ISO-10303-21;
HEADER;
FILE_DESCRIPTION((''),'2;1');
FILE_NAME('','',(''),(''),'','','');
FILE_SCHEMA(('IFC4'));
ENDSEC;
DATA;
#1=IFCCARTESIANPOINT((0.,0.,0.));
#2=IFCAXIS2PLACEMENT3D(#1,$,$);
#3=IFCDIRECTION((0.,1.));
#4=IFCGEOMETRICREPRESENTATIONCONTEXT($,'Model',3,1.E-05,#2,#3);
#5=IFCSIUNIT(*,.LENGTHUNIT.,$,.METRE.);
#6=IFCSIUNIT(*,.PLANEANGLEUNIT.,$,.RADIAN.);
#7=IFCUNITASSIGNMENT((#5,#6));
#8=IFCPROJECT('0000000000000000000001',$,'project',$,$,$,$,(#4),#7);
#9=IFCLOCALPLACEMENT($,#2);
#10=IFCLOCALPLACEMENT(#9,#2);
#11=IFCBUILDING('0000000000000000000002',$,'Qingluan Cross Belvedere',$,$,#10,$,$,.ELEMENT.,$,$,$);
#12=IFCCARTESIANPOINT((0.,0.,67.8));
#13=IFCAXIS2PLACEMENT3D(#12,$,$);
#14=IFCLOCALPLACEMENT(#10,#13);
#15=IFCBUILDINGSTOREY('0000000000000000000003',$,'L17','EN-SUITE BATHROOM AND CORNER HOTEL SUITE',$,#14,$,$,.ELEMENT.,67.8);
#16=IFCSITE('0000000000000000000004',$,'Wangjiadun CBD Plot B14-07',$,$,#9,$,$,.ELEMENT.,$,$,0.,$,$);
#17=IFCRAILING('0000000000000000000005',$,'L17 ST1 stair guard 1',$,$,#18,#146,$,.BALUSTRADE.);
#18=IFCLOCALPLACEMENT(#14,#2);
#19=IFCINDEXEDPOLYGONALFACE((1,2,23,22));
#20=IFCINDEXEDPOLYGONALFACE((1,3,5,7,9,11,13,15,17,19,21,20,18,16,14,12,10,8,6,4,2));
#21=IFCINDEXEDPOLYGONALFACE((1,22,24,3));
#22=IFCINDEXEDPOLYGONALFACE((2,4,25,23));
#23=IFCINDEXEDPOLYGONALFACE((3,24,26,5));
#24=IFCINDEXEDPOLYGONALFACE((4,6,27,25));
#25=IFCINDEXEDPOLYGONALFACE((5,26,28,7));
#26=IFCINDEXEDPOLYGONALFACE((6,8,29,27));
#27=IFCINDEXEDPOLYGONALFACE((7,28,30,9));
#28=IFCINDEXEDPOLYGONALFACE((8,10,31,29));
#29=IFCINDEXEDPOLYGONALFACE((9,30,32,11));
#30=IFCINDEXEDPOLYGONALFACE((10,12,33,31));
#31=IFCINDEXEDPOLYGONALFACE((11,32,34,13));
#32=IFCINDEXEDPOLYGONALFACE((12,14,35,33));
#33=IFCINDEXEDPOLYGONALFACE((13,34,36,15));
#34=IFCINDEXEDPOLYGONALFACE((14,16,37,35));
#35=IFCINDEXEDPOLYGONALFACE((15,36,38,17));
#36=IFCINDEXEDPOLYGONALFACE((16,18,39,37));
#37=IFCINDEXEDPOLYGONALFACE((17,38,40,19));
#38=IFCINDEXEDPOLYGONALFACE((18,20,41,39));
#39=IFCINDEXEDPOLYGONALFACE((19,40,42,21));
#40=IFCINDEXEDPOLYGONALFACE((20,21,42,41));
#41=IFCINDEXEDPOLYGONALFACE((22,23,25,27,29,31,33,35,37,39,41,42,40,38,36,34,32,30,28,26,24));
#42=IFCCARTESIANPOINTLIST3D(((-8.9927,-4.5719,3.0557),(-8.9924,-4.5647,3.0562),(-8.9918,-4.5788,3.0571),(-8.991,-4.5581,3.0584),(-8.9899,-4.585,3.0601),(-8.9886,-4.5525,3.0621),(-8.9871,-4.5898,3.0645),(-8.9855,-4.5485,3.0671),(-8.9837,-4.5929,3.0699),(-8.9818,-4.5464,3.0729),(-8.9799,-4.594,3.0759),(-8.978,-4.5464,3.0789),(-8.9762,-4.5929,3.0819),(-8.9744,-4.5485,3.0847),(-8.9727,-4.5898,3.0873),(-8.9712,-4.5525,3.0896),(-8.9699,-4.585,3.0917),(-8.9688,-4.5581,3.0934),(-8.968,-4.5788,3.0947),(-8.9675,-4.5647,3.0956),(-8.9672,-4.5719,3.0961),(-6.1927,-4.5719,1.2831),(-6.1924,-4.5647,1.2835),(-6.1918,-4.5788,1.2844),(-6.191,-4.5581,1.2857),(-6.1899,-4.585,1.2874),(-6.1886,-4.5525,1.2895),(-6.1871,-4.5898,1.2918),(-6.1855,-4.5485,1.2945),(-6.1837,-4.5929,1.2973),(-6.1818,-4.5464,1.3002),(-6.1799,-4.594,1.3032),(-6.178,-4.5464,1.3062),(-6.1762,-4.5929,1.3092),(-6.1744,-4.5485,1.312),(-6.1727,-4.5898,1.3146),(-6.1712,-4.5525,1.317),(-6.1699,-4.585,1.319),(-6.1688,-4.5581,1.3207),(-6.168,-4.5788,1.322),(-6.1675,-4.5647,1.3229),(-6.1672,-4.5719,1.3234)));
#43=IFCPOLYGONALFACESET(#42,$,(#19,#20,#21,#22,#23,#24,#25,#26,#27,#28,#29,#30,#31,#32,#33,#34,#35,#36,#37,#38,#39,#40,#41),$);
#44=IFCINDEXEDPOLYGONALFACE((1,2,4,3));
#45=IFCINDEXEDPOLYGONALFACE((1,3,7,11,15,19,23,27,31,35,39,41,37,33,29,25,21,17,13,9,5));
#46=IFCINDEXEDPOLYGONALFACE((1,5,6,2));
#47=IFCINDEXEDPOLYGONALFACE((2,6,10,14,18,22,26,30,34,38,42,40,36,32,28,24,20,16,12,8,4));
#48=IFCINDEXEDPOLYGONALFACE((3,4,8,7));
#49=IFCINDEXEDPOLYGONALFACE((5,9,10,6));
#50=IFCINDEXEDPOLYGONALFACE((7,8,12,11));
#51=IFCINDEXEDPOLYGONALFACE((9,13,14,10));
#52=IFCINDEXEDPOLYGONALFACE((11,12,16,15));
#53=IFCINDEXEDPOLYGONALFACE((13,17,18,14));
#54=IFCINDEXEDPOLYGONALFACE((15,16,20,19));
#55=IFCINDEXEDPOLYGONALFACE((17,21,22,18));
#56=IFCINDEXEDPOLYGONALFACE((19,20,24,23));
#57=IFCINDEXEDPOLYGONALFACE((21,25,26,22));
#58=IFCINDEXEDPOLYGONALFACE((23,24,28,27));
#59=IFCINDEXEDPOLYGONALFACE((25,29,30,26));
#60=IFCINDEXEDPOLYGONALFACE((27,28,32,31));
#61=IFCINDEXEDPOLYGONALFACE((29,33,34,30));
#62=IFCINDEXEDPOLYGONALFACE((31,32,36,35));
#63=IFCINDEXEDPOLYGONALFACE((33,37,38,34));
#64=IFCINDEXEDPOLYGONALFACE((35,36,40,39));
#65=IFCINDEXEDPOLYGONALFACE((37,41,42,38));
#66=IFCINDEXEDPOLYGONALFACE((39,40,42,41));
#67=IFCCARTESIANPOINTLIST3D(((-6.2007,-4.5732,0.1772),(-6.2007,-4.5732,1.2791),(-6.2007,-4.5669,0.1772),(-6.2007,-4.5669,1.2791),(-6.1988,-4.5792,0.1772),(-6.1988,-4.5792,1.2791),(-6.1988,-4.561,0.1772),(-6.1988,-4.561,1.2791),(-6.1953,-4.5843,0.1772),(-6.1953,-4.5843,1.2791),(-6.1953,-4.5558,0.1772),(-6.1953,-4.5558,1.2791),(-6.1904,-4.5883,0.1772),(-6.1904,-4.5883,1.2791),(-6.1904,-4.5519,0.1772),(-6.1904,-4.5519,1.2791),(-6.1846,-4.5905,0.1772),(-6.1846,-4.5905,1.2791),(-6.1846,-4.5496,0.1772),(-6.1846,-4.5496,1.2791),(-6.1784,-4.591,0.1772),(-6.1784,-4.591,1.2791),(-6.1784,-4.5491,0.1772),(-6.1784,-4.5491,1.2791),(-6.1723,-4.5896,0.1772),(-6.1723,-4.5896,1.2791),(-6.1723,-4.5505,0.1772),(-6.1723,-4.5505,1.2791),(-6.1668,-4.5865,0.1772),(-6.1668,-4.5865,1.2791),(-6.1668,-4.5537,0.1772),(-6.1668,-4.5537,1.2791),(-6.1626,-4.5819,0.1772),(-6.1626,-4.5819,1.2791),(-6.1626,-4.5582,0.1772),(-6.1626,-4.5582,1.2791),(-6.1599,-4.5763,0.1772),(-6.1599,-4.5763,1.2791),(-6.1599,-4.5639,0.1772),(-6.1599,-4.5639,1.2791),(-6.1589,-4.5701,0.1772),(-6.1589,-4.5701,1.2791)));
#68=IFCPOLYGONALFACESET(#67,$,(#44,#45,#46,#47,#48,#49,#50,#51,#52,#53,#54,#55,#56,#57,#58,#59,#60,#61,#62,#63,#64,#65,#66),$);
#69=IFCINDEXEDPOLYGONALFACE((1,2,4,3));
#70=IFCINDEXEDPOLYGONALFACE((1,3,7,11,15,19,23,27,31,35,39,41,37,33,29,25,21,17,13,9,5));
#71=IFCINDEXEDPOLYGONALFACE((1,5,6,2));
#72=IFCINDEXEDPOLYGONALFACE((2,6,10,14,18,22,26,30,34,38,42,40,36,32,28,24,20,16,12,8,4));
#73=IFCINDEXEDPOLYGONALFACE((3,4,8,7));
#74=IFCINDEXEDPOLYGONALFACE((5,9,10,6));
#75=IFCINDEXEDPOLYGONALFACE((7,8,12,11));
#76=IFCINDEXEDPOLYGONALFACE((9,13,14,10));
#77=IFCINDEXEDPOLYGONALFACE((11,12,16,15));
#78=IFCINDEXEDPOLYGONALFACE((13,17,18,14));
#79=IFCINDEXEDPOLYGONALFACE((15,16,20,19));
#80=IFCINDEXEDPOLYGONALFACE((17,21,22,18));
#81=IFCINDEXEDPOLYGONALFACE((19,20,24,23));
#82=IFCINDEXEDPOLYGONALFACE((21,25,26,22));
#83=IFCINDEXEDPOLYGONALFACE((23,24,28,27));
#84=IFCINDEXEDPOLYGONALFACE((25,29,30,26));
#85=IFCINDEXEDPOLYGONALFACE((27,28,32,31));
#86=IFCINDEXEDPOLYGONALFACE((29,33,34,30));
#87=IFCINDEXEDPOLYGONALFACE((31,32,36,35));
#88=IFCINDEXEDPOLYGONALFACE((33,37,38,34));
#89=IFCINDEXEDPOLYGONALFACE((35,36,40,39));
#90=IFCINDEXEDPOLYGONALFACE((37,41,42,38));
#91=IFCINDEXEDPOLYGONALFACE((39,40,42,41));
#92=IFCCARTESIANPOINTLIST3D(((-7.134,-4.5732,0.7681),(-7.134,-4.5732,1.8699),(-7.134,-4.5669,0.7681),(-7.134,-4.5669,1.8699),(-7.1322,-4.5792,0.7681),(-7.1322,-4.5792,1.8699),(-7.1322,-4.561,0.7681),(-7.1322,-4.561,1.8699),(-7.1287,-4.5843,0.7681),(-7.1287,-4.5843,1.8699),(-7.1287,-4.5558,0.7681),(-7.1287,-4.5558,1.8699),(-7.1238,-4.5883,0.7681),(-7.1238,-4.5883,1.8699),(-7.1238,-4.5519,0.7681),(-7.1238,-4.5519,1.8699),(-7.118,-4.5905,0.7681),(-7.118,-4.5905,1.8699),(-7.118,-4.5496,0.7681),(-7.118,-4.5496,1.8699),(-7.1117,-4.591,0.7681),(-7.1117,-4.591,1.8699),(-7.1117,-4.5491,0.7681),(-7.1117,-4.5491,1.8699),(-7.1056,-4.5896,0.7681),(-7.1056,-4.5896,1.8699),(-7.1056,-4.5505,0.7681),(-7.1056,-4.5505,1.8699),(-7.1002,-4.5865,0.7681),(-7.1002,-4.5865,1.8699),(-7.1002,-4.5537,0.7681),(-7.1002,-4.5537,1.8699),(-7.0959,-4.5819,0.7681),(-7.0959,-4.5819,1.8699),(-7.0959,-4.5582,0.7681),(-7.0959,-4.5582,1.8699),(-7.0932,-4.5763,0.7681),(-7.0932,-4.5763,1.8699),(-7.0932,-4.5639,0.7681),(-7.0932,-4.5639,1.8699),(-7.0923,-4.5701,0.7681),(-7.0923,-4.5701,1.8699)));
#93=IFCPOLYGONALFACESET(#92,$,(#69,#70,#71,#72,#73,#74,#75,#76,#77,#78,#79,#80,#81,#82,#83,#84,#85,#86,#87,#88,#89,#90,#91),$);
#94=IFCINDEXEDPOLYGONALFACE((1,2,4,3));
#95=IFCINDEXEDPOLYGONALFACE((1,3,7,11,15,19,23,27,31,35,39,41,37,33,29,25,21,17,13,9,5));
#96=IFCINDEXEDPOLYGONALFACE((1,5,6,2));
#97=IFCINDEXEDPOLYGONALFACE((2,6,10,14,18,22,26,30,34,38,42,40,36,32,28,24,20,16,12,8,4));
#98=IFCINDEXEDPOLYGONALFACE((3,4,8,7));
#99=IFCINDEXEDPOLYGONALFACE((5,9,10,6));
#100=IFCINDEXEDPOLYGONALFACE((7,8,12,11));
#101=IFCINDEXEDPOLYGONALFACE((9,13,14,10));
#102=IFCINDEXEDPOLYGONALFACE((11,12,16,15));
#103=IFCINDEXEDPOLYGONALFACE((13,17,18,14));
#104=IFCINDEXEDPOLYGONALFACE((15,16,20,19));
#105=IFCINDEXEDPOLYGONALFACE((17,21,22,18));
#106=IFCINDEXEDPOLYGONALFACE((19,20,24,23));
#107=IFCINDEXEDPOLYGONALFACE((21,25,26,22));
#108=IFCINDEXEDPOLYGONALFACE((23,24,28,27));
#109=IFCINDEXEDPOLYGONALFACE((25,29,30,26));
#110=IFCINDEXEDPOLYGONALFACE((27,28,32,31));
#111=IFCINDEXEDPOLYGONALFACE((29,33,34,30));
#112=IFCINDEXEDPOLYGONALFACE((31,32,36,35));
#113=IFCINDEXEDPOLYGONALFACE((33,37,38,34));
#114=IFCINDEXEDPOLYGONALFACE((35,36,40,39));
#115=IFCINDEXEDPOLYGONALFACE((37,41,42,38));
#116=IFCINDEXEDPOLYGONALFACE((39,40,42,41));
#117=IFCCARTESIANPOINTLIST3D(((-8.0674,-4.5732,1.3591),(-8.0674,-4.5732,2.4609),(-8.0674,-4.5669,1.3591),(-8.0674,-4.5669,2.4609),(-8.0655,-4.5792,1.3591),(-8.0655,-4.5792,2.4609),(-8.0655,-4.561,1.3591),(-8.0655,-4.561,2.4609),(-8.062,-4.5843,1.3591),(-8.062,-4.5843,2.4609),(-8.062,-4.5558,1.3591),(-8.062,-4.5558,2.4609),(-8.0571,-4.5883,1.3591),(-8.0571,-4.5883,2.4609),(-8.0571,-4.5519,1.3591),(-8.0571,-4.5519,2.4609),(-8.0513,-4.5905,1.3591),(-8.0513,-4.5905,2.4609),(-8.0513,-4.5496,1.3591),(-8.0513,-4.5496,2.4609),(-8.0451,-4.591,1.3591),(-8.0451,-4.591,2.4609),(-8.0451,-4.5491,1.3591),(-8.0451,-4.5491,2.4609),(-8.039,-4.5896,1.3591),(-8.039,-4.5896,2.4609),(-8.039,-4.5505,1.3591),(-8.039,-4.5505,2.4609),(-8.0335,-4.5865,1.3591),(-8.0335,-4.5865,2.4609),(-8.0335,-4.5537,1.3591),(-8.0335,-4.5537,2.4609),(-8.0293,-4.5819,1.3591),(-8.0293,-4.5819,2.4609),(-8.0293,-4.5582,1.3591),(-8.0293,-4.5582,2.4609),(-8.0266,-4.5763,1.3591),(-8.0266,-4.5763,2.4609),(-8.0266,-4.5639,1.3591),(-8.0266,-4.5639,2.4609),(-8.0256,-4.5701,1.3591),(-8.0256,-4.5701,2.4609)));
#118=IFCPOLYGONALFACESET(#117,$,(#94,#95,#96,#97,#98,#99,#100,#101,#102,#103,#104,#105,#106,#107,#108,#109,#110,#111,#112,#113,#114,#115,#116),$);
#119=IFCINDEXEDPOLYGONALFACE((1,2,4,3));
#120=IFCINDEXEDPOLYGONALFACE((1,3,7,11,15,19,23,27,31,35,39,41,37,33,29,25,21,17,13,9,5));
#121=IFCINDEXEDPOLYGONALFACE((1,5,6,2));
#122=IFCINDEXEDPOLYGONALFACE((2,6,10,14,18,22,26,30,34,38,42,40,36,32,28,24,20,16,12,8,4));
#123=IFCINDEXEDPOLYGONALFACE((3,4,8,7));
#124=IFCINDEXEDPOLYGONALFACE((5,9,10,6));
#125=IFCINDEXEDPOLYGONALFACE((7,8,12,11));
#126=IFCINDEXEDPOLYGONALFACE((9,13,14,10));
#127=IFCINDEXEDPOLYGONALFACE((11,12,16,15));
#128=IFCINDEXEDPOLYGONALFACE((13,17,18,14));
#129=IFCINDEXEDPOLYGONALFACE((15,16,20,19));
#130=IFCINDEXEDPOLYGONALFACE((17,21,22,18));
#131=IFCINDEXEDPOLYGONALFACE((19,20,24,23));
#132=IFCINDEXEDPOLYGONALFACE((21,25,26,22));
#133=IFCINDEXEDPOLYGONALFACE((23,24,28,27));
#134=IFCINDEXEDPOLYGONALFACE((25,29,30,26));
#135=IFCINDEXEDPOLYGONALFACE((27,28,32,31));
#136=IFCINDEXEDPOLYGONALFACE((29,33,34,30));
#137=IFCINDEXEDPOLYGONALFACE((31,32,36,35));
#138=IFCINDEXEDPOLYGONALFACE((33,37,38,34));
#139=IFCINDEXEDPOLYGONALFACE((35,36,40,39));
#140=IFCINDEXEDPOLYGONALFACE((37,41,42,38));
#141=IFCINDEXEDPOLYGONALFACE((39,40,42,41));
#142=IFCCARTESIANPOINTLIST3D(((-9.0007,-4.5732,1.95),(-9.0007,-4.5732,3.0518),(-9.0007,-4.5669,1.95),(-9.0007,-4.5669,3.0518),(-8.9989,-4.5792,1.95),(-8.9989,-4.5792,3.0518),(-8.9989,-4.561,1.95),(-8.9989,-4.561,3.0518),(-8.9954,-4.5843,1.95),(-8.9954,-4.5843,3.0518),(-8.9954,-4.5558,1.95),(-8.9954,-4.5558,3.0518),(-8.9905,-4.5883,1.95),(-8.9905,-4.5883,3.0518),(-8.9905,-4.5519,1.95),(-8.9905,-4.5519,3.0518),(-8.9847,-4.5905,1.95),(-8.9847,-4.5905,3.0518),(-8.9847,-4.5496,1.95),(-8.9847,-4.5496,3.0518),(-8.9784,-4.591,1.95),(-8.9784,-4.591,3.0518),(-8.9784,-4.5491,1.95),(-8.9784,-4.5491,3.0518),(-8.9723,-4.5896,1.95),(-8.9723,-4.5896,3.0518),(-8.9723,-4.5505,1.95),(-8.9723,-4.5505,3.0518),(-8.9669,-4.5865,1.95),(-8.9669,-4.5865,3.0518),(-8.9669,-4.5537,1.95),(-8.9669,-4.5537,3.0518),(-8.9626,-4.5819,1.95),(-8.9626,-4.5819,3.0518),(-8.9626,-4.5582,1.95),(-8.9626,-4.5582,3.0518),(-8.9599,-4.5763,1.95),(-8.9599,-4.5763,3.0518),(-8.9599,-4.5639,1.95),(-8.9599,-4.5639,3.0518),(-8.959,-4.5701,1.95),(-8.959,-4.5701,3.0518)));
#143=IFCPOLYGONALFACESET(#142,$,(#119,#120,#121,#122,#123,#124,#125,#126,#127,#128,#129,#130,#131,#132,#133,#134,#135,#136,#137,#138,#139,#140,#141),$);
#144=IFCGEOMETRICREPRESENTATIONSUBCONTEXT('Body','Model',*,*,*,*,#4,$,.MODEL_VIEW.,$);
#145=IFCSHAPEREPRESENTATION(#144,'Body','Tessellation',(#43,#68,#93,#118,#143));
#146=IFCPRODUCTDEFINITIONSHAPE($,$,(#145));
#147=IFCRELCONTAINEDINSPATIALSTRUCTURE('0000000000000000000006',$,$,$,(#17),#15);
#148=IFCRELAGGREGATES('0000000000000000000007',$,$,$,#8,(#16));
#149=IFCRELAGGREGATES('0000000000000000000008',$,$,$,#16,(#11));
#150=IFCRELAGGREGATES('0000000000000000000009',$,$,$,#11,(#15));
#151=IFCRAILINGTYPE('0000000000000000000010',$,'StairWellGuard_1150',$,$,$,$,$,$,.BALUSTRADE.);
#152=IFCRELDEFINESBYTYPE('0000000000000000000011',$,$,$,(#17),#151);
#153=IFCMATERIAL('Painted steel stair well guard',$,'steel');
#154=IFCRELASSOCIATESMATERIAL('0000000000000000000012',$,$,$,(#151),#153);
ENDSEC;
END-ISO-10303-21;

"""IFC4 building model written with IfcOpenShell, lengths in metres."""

from ifc_helpers import new_model, si_unit, direction, frame, origin, origin_2d, place, context, subcontext, project, spatial, circle, extrude, material, type_object, element, save


model = new_model("IFC4")

# Units and contexts
model_context = context("Model", 3, precision=1e-05, world=origin(), true_north=direction((0.0, 1.0)))
body_context = subcontext(model_context, "Body", "Model", "MODEL_VIEW")
ifc_project = project(units=[si_unit("LENGTHUNIT", "METRE"), si_unit("PLANEANGLEUNIT", "RADIAN")], contexts=[model_context])

# Site, building, storey
site_placement = place(None, origin())
site = spatial("IfcSite", under=ifc_project, at=site_placement, Name="Wangjiadun CBD Plot B14-07", CompositionType="ELEMENT", RefElevation=0.0)
building_placement = place(site_placement, origin())
building = spatial("IfcBuilding", under=site, at=building_placement, Name="Qingluan Cross Belvedere", CompositionType="ELEMENT")
storey_placement = place(building_placement, frame((0.0, 0.0, 67.8)))
storey = spatial("IfcBuildingStorey", under=building, at=storey_placement, Name="L17", Description="EN-SUITE BATHROOM AND CORNER HOTEL SUITE", CompositionType="ELEMENT", Elevation=67.8)

# Railing
ifc_material_1 = material(Name="Painted steel stair well guard", Category="steel")
railing_type_1 = type_object("IfcRailingType", Name="StairWellGuard_1150", PredefinedType="BALUSTRADE", material=ifc_material_1)
railing_1_placement = place(storey_placement, frame((-6.1799, -4.5701, 0.1772)))
element("IfcRailing", 1, at=railing_1_placement, inside=storey, type_object=railing_type_1, Name="L17 ST1 stair guard 1", PredefinedType="BALUSTRADE", context=body_context, shape_type="SweptSolid", body=[
    extrude(circle(Radius=0.0239, at=origin_2d()), frame((0.0, 0.0, 1.126), z_axis=(-0.844909, 0.0, 0.53491), x_axis=(0.0, -1.0, 0.0)), (0.0, 0.0, 1.0), 3.314),
    extrude(circle(Radius=0.021, at=origin_2d()), origin(), (0.0, 0.0, 1.0), 1.1018),
    extrude(circle(Radius=0.021, at=origin_2d()), frame((-0.9333, 0.0, 0.5908)), (0.0, 0.0, 1.0), 1.1018),
    extrude(circle(Radius=0.021, at=origin_2d()), frame((-1.8667, 0.0, 1.1819)), (0.0, 0.0, 1.0), 1.1018),
    extrude(circle(Radius=0.021, at=origin_2d()), frame((-2.8, 0.0, 1.7727)), (0.0, 0.0, 1.0), 1.1018),
])

save(model, "model.ifc")
